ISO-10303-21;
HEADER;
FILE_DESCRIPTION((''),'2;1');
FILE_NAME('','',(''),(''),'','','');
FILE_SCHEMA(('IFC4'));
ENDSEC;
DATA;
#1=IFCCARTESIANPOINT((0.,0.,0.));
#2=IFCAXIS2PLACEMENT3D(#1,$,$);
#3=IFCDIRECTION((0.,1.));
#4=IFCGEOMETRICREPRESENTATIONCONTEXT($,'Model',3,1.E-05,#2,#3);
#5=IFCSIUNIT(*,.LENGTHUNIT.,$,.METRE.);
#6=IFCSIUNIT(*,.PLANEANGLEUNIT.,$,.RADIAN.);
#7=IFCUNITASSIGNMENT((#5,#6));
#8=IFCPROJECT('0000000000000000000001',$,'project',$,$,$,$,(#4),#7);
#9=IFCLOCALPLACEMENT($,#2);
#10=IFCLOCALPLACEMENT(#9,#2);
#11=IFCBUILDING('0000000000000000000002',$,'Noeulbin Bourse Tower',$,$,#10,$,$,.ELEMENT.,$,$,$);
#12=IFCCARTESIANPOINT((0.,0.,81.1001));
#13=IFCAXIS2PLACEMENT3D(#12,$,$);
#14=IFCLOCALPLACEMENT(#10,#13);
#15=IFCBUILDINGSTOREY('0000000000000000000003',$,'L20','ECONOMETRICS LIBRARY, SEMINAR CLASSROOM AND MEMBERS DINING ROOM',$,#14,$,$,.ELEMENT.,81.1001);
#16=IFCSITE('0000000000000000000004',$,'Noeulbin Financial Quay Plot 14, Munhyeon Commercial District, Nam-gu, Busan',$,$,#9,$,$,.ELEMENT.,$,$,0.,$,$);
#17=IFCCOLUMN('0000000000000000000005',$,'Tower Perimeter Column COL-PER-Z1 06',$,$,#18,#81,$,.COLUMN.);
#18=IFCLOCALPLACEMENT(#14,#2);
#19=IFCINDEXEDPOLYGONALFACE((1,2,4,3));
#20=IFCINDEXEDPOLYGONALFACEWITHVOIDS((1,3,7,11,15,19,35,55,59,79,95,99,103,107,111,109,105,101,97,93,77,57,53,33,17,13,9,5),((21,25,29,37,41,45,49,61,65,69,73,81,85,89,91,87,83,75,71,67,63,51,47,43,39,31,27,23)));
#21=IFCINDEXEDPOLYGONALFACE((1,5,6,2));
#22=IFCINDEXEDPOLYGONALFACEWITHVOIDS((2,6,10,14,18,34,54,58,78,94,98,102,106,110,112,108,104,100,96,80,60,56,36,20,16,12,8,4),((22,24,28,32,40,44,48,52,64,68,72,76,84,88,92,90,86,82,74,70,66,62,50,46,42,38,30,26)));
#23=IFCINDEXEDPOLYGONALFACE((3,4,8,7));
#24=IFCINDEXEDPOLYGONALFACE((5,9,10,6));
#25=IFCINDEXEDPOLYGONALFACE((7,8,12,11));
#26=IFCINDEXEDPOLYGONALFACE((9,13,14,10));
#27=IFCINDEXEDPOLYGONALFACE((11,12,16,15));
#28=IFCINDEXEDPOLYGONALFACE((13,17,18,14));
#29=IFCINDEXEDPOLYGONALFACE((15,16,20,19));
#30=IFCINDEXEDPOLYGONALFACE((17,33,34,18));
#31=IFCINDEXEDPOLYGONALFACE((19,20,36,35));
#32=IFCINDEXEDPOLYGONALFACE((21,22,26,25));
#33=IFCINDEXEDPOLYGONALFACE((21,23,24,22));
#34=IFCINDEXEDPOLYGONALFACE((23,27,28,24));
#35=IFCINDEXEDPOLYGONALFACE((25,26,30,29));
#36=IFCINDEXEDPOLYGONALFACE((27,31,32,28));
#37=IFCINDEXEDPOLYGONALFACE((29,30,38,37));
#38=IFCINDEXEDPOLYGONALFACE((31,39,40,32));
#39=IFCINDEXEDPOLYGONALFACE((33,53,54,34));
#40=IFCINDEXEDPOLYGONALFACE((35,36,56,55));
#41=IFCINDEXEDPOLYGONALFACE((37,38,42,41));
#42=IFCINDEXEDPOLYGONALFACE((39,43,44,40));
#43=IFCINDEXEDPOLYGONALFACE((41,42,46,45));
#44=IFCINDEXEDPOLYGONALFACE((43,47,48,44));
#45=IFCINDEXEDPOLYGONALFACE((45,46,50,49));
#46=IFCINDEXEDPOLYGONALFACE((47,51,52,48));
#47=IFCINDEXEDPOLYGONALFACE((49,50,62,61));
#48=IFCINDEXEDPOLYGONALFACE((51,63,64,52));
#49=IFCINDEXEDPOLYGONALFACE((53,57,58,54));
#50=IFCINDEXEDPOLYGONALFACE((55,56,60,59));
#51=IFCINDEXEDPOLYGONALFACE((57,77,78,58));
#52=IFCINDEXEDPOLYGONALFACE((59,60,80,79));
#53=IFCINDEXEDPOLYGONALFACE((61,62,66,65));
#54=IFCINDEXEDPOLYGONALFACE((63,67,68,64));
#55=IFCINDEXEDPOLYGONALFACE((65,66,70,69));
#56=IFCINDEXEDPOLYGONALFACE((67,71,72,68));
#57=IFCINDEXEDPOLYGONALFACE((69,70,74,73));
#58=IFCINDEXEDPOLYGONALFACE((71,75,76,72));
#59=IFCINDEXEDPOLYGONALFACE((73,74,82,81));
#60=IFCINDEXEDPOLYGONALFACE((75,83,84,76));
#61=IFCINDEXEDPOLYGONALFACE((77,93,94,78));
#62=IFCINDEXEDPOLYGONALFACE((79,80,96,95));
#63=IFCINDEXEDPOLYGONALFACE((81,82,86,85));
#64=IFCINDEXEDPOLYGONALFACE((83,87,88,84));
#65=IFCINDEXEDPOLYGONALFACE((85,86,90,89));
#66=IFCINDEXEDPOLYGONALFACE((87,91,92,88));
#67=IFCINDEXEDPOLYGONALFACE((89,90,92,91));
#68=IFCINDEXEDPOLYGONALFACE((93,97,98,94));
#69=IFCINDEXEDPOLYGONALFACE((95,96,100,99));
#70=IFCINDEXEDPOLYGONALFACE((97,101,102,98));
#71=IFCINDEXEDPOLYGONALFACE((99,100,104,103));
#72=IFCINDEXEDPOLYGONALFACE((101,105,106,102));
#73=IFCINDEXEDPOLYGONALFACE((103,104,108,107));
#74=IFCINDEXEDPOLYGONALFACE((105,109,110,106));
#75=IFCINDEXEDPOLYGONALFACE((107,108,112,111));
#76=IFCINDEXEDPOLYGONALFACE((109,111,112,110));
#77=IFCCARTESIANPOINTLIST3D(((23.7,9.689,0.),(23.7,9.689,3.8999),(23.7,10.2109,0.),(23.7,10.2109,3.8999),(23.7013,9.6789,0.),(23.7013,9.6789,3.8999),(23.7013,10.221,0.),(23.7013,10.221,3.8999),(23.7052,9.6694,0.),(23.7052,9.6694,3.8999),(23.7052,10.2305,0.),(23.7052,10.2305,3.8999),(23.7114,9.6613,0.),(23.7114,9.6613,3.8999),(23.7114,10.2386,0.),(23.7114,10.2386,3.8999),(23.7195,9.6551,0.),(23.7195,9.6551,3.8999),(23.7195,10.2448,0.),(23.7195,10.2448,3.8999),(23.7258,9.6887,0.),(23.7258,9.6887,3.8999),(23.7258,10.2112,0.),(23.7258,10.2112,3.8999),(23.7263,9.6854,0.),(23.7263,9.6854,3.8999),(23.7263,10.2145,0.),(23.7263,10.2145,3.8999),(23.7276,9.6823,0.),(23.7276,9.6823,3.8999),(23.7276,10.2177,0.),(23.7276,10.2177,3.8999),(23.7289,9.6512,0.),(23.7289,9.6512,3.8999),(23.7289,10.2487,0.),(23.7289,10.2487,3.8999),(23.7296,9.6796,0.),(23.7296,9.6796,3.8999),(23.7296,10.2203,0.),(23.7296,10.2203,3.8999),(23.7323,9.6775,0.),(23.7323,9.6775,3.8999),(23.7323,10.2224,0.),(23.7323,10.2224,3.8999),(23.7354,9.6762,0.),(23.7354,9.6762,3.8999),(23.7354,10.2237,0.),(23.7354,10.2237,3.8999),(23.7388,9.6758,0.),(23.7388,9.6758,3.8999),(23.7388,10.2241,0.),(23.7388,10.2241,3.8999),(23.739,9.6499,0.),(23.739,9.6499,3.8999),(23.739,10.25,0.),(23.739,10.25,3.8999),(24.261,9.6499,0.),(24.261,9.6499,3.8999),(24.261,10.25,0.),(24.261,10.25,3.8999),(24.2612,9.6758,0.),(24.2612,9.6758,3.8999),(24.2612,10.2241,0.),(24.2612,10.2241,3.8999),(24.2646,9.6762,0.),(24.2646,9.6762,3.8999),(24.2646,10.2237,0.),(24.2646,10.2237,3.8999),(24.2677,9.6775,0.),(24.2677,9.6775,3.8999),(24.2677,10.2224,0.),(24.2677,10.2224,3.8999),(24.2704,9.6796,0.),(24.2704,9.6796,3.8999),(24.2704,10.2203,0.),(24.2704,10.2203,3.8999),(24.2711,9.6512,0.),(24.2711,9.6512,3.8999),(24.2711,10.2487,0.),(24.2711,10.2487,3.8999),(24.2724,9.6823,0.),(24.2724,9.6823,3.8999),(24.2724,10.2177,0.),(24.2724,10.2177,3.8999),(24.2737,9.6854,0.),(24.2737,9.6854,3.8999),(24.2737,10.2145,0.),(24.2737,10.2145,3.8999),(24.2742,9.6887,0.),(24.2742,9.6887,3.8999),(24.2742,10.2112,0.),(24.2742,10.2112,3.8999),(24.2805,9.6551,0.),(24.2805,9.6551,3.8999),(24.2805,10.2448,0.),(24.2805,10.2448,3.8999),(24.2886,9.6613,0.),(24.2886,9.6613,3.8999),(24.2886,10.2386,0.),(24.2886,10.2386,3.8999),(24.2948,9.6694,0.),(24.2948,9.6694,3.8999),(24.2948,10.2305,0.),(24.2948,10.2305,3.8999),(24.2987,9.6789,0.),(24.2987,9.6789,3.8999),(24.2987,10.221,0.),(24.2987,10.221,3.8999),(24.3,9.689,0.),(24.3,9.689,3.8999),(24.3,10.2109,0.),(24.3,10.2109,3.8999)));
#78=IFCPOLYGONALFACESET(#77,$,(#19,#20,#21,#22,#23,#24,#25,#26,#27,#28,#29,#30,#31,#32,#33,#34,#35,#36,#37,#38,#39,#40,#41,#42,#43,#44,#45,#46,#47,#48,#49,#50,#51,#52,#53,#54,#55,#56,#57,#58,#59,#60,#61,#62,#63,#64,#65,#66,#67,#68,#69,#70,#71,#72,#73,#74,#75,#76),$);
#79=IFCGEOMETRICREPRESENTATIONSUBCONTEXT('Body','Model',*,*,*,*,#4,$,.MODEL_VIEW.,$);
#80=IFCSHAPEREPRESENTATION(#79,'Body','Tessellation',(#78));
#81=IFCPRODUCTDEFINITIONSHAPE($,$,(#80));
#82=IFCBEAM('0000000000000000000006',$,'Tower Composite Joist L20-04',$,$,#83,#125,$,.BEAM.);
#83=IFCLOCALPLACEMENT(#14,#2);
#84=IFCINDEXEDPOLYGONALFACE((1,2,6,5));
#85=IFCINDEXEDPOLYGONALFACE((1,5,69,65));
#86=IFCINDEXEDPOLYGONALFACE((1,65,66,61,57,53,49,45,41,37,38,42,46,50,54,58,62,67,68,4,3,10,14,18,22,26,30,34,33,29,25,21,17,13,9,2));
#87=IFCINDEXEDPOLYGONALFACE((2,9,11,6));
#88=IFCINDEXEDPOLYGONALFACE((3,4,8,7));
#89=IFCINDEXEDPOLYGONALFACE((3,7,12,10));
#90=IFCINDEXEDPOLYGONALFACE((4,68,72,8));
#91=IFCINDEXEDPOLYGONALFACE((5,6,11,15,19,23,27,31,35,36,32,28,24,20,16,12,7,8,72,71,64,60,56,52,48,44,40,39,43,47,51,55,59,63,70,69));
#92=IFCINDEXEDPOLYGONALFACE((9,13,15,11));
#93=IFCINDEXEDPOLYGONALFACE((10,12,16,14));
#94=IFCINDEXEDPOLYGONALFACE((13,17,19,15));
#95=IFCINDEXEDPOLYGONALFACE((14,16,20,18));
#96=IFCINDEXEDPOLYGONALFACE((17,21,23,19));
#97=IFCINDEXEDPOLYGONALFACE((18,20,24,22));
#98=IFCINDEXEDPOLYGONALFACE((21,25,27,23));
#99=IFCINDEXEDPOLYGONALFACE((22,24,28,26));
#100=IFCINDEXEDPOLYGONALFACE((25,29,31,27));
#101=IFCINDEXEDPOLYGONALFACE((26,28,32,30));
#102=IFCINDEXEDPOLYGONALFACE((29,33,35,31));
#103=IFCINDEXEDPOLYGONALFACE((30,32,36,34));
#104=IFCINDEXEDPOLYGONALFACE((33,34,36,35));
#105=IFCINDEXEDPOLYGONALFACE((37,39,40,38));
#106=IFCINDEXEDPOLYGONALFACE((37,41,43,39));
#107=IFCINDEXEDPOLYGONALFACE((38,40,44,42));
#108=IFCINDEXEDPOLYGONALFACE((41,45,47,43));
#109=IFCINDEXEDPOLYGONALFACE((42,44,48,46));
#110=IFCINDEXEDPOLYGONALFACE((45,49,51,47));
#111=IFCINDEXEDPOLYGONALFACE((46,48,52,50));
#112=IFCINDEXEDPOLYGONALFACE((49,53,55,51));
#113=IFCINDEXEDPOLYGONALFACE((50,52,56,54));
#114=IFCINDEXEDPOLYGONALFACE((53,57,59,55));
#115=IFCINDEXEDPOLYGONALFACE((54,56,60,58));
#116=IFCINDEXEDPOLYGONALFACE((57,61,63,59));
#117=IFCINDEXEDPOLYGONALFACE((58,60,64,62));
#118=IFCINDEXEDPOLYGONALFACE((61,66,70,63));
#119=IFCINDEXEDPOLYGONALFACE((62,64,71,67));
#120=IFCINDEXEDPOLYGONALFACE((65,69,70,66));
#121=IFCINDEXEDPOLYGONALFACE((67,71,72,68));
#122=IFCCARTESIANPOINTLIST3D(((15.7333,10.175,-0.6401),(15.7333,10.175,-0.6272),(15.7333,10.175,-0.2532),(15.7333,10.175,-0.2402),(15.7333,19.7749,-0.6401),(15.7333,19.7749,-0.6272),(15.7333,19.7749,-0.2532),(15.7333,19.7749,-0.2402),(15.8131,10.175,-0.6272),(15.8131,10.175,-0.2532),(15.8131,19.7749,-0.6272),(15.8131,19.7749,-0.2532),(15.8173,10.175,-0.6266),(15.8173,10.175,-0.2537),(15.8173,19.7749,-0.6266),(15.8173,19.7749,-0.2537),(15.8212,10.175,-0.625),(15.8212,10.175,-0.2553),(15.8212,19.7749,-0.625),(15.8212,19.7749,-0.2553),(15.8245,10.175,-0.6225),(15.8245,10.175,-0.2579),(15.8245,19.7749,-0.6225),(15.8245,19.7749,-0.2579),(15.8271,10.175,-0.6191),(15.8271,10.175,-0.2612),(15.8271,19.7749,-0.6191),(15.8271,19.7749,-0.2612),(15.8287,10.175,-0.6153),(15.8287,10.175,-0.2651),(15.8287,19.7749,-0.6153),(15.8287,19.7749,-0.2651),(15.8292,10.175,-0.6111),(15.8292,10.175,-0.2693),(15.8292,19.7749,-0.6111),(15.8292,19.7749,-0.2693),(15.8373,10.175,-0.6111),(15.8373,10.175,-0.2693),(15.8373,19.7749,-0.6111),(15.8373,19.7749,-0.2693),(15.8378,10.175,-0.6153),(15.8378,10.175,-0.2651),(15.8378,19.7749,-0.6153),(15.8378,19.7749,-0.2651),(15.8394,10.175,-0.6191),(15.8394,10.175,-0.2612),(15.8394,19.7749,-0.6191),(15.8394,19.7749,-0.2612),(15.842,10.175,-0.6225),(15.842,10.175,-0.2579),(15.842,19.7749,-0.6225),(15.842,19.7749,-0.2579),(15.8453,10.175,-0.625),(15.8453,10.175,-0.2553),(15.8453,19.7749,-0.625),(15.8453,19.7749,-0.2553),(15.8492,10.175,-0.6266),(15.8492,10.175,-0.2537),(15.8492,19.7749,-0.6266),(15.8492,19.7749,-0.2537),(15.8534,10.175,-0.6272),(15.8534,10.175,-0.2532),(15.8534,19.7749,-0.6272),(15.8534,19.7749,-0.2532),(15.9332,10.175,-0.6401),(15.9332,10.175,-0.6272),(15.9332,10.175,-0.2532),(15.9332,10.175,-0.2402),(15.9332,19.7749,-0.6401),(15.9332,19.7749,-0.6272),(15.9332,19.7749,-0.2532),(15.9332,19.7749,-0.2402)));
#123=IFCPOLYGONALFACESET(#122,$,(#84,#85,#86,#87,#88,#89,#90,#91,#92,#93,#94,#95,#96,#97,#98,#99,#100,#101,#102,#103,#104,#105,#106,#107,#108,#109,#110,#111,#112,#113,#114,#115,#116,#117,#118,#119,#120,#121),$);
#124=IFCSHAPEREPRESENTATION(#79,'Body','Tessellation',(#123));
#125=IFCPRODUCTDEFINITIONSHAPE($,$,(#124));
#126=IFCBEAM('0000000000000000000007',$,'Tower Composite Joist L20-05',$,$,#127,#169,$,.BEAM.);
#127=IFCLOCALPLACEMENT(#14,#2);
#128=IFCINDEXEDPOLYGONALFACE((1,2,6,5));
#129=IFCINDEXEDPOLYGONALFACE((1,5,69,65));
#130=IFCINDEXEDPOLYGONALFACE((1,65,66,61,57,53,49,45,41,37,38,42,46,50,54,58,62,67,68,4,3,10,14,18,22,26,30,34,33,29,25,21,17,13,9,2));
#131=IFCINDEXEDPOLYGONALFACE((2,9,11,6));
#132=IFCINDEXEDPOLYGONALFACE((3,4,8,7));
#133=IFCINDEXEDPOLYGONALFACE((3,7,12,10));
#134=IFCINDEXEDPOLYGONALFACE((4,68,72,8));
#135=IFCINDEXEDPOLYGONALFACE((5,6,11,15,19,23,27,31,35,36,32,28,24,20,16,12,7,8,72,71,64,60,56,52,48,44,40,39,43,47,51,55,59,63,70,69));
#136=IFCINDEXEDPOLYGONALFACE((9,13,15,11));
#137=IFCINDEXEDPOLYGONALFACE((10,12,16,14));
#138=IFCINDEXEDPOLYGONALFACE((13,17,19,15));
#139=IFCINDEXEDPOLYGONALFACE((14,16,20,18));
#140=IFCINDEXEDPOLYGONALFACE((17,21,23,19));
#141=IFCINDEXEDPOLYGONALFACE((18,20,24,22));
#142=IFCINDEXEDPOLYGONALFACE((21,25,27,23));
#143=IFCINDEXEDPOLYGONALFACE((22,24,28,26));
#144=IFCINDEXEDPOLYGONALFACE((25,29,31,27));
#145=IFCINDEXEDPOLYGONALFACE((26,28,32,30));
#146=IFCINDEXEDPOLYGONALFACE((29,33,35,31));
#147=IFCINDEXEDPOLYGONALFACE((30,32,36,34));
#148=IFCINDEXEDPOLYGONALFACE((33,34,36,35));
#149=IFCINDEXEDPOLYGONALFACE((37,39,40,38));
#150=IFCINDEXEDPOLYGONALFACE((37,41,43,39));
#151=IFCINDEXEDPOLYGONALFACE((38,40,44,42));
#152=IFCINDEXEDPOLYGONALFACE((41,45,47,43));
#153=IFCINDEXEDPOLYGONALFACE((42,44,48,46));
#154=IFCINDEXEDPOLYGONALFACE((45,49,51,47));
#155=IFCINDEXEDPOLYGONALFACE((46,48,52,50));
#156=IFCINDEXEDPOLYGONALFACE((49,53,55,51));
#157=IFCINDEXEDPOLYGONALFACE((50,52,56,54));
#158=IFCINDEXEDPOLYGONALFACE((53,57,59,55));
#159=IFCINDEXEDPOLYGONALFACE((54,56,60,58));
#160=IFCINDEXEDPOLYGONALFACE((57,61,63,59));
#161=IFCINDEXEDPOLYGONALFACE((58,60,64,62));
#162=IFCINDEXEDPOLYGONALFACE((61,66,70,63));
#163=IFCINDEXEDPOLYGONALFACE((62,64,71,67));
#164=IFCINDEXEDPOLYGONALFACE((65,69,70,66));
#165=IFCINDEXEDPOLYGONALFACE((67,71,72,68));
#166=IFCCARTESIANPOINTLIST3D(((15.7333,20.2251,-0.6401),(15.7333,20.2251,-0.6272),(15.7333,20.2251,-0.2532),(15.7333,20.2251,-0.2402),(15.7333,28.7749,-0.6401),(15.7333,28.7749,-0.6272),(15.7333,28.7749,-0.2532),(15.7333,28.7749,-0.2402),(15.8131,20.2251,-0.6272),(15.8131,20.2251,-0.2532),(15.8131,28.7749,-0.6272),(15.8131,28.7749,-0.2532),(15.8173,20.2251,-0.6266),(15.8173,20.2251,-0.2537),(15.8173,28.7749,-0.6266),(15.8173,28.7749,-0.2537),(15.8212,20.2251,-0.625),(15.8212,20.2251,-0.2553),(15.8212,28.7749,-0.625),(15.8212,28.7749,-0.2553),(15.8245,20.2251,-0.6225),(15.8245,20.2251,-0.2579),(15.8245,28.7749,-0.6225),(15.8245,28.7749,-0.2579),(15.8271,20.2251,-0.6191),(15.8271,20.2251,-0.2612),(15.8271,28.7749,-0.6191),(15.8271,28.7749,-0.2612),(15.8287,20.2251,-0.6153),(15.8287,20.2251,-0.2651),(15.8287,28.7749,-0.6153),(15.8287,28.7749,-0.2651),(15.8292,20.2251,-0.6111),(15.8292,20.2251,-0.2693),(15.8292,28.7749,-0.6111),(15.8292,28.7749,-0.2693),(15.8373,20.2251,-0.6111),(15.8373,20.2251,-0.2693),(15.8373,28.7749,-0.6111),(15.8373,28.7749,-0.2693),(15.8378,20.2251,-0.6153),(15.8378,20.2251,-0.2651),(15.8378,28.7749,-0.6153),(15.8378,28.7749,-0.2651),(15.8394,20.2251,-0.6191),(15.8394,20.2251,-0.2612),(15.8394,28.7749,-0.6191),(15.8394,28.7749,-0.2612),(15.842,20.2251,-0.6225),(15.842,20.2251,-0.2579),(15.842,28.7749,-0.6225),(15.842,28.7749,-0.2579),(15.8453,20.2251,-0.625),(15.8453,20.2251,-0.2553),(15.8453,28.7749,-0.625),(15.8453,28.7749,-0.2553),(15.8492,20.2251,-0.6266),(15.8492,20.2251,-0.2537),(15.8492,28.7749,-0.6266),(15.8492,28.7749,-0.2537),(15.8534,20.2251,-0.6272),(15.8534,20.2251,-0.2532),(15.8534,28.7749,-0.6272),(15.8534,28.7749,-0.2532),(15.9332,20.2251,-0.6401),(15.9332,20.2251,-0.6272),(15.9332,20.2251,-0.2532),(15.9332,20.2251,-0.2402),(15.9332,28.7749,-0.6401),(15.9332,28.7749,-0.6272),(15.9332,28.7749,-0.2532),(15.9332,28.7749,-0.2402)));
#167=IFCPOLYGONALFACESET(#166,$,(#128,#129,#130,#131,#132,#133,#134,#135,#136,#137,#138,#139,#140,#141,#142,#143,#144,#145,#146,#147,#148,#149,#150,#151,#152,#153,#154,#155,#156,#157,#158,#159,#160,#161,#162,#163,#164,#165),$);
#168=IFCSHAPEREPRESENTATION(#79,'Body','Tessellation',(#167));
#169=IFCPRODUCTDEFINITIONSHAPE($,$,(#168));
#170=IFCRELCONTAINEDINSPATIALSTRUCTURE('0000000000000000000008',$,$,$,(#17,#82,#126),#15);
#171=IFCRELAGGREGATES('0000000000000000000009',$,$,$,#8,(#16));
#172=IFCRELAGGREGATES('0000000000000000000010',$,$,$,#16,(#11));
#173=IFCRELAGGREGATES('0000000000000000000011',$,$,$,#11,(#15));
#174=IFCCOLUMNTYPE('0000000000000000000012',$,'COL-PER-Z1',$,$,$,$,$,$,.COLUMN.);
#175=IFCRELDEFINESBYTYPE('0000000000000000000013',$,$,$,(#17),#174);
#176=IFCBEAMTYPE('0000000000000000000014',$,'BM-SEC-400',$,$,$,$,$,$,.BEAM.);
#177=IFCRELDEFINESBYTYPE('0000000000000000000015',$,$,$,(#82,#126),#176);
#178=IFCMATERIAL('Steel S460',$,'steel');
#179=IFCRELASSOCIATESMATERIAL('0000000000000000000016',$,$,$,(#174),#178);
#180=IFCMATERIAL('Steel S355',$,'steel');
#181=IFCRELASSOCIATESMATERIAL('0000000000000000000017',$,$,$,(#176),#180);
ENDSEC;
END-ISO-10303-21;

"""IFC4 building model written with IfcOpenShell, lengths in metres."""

from ifc_helpers import new_model, si_unit, direction, frame, origin, origin_2d, place, context, subcontext, project, spatial, hollow_rectangle, i_section, extrude, material, material_profile, profile_set, type_object, element, save


model = new_model("IFC4")

# Units and contexts
model_context = context("Model", 3, precision=1e-05, world=origin(), true_north=direction((0.0, 1.0)))
body_context = subcontext(model_context, "Body", "Model", "MODEL_VIEW")
ifc_project = project(units=[si_unit("LENGTHUNIT", "METRE"), si_unit("PLANEANGLEUNIT", "RADIAN")], contexts=[model_context])

# Site, building, storey
site_placement = place(None, origin())
site = spatial("IfcSite", under=ifc_project, at=site_placement, Name="Noeulbin Financial Quay Plot 14, Munhyeon Commercial District, Nam-gu, Busan", CompositionType="ELEMENT", RefElevation=0.0)
building_placement = place(site_placement, origin())
building = spatial("IfcBuilding", under=site, at=building_placement, Name="Noeulbin Bourse Tower", CompositionType="ELEMENT")
storey_placement = place(building_placement, frame((0.0, 0.0, 81.1001)))
storey = spatial("IfcBuildingStorey", under=building, at=storey_placement, Name="L20", Description="ECONOMETRICS LIBRARY, SEMINAR CLASSROOM AND MEMBERS DINING ROOM", CompositionType="ELEMENT", Elevation=81.1001)

# Column
ifc_material_1 = material(Name="Steel S460", Category="steel")
ifc_material_profile_1 = material_profile(ifc_material_1, hollow_rectangle(XDim=0.6001, YDim=0.6001, WallThickness=0.0259, InnerFilletRadius=0.0129, OuterFilletRadius=0.0391, at=origin_2d()), Name="BOX-600x600x26", Category="LoadBearing")
ifc_profile_set_1 = profile_set([ifc_material_profile_1], Name="Steel S460")
column_type = type_object("IfcColumnType", Name="COL-PER-Z1", PredefinedType="COLUMN", material=ifc_profile_set_1)
column_placement = place(storey_placement, frame((24.0, 9.95, 0.0), z_axis=(0.0, 0.0, 1.0), x_axis=(1.0, 0.0, 0.0)))
element("IfcColumn", 1, at=column_placement, inside=storey, type_object=column_type, Name="Tower Perimeter Column COL-PER-Z1 06", PredefinedType="COLUMN", context=body_context, shape_type="SweptSolid", body=[
    extrude(hollow_rectangle(XDim=0.6001, YDim=0.6001, WallThickness=0.0259, InnerFilletRadius=0.0129, OuterFilletRadius=0.0391, at=origin_2d()), origin(), (0.0, 0.0, 1.0), 3.8999),
])

# Beams
ifc_material_2 = material(Name="Steel S355", Category="steel")
ifc_material_profile_2 = material_profile(ifc_material_2, i_section(OverallWidth=0.2, OverallDepth=0.3999, WebThickness=0.0081, FlangeThickness=0.0129, FilletRadius=0.0161, at=origin_2d()), Name="H-400x200x8x13", Category="LoadBearing")
ifc_profile_set_2 = profile_set([ifc_material_profile_2], Name="Steel S355")
beam_type_1 = type_object("IfcBeamType", Name="BM-SEC-400", PredefinedType="BEAM", material=ifc_profile_set_2)
beam_1_placement = place(storey_placement, frame((15.8333, 10.175, -0.4402), z_axis=(0.0, 1.0, 0.0), x_axis=(-1.0, 0.0, 0.0)))
element("IfcBeam", 2, at=beam_1_placement, inside=storey, type_object=beam_type_1, Name="Tower Composite Joist L20-04", PredefinedType="BEAM", context=body_context, shape_type="SweptSolid", body=[
    extrude(i_section(OverallWidth=0.2, OverallDepth=0.3999, WebThickness=0.0081, FlangeThickness=0.0129, FilletRadius=0.0161, at=origin_2d()), origin(), (0.0, 0.0, 1.0), 9.5999),
])
beam_2_placement = place(storey_placement, frame((15.8333, 20.2251, -0.4402), z_axis=(0.0, 1.0, 0.0), x_axis=(-1.0, 0.0, 0.0)))
element("IfcBeam", 3, at=beam_2_placement, inside=storey, type_object=beam_type_1, Name="Tower Composite Joist L20-05", PredefinedType="BEAM", context=body_context, shape_type="SweptSolid", body=[
    extrude(i_section(OverallWidth=0.2, OverallDepth=0.3999, WebThickness=0.0081, FlangeThickness=0.0129, FilletRadius=0.0161, at=origin_2d()), origin(), (0.0, 0.0, 1.0), 8.5498),
])

save(model, "model.ifc")
